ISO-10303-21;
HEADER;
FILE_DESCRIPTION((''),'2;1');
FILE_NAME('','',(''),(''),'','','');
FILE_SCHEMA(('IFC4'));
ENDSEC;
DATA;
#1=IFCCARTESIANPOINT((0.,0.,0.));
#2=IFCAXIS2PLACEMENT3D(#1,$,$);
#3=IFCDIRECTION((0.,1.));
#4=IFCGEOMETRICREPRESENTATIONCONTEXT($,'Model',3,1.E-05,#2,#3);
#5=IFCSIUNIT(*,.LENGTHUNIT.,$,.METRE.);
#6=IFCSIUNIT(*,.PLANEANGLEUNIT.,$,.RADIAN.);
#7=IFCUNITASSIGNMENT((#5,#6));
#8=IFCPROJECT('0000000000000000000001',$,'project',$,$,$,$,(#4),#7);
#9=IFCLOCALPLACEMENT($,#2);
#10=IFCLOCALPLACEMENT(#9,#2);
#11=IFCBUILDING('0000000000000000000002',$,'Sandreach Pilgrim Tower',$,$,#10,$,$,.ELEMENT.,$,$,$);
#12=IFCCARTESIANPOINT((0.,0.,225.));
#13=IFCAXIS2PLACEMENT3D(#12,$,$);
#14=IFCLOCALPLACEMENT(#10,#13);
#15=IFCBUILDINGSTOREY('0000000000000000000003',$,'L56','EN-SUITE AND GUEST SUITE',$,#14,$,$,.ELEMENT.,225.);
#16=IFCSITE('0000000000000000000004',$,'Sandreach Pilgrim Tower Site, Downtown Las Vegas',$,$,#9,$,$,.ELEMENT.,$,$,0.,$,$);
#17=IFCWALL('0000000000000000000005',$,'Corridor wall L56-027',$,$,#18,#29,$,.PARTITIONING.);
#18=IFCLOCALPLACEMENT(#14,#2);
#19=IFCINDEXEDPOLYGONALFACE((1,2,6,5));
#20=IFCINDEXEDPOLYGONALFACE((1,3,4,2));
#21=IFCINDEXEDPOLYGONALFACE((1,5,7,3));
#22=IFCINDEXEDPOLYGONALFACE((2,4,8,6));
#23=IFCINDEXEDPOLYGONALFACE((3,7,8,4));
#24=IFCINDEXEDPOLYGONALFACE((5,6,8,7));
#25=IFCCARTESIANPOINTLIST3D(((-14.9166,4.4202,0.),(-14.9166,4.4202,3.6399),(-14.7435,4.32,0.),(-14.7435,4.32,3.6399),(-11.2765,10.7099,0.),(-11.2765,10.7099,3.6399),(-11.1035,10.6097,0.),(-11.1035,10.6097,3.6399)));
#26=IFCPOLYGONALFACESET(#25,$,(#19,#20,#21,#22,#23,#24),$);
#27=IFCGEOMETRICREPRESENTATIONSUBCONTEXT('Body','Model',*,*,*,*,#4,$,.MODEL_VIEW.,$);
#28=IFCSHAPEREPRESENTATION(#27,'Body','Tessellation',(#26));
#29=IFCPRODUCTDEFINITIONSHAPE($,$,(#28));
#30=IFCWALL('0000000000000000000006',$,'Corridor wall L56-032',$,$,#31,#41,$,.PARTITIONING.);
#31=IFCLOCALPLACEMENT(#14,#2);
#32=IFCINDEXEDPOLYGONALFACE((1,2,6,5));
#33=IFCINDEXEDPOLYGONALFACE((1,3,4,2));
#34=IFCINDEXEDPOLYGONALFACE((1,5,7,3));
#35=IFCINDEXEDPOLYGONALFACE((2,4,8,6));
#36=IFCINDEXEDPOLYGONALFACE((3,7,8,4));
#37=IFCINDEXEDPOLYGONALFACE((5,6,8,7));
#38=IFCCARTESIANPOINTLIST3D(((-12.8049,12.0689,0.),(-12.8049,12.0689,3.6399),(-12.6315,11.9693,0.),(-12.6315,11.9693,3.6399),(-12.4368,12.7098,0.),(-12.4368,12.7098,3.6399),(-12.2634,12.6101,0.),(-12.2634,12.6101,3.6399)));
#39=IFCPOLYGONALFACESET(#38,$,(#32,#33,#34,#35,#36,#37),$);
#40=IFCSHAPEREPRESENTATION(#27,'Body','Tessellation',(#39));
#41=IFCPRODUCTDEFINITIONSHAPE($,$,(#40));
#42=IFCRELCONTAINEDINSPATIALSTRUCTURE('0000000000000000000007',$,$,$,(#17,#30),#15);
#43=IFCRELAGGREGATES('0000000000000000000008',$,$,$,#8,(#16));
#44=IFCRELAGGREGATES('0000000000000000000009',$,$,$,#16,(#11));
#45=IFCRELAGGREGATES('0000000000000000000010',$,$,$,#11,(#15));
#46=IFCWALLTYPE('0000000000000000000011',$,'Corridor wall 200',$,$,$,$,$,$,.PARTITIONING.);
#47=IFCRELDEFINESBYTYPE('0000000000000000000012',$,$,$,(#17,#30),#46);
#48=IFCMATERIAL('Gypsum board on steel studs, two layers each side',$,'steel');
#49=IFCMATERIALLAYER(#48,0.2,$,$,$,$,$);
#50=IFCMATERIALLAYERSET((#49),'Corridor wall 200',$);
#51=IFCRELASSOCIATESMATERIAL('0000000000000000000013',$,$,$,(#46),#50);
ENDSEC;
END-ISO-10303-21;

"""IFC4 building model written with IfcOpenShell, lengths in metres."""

from ifc_helpers import new_model, si_unit, direction, frame, frame_2d, origin, place, context, subcontext, project, spatial, rectangle, extrude, material, layer, layer_set, type_object, element, save


model = new_model("IFC4")

# Units and contexts
model_context = context("Model", 3, precision=1e-05, world=origin(), true_north=direction((0.0, 1.0)))
body_context = subcontext(model_context, "Body", "Model", "MODEL_VIEW")
ifc_project = project(units=[si_unit("LENGTHUNIT", "METRE"), si_unit("PLANEANGLEUNIT", "RADIAN")], contexts=[model_context])

# Site, building, storey
site_placement = place(None, origin())
site = spatial("IfcSite", under=ifc_project, at=site_placement, Name="Sandreach Pilgrim Tower Site, Downtown Las Vegas", CompositionType="ELEMENT", RefElevation=0.0)
building_placement = place(site_placement, origin())
building = spatial("IfcBuilding", under=site, at=building_placement, Name="Sandreach Pilgrim Tower", CompositionType="ELEMENT")
storey_placement = place(building_placement, frame((0.0, 0.0, 225.0)))
storey = spatial("IfcBuildingStorey", under=building, at=storey_placement, Name="L56", Description="EN-SUITE AND GUEST SUITE", CompositionType="ELEMENT", Elevation=225.0)

# Shared definitions
ifc_material_1 = material(Name="Gypsum board on steel studs, two layers each side", Category="steel")
ifc_layer_1 = layer(ifc_material_1, 0.2)
ifc_layer_set_1 = layer_set([ifc_layer_1], Name="Corridor wall 200")
wall_type_1 = type_object("IfcWallType", Name="Corridor wall 200", PredefinedType="PARTITIONING", material=ifc_layer_set_1)

# Walls
wall_1_placement = place(storey_placement, frame((-14.8301, 4.3701, 0.0), z_axis=(0.0, 0.0, 1.0), x_axis=(0.5009, 0.865505, 0.0)))
element("IfcWall", 1, at=wall_1_placement, inside=storey, type_object=wall_type_1, Name="Corridor wall L56-027", PredefinedType="PARTITIONING", context=body_context, shape_type="SweptSolid", body=[
    extrude(rectangle(XDim=7.2671, YDim=0.2, at=frame_2d((3.6335, 0.0))), origin(), (0.0, 0.0, 1.0), 3.6399),
])
wall_2_placement = place(storey_placement, frame((-12.7183, 12.019, 0.0), z_axis=(0.0, 0.0, 1.0), x_axis=(0.49813, 0.867103, 0.0)))
element("IfcWall", 2, at=wall_2_placement, inside=storey, type_object=wall_type_1, Name="Corridor wall L56-032", PredefinedType="PARTITIONING", context=body_context, shape_type="SweptSolid", body=[
    extrude(rectangle(XDim=0.739, YDim=0.2, at=frame_2d((0.3696, 0.0))), origin(), (0.0, 0.0, 1.0), 3.6399),
])

save(model, "model.ifc")
